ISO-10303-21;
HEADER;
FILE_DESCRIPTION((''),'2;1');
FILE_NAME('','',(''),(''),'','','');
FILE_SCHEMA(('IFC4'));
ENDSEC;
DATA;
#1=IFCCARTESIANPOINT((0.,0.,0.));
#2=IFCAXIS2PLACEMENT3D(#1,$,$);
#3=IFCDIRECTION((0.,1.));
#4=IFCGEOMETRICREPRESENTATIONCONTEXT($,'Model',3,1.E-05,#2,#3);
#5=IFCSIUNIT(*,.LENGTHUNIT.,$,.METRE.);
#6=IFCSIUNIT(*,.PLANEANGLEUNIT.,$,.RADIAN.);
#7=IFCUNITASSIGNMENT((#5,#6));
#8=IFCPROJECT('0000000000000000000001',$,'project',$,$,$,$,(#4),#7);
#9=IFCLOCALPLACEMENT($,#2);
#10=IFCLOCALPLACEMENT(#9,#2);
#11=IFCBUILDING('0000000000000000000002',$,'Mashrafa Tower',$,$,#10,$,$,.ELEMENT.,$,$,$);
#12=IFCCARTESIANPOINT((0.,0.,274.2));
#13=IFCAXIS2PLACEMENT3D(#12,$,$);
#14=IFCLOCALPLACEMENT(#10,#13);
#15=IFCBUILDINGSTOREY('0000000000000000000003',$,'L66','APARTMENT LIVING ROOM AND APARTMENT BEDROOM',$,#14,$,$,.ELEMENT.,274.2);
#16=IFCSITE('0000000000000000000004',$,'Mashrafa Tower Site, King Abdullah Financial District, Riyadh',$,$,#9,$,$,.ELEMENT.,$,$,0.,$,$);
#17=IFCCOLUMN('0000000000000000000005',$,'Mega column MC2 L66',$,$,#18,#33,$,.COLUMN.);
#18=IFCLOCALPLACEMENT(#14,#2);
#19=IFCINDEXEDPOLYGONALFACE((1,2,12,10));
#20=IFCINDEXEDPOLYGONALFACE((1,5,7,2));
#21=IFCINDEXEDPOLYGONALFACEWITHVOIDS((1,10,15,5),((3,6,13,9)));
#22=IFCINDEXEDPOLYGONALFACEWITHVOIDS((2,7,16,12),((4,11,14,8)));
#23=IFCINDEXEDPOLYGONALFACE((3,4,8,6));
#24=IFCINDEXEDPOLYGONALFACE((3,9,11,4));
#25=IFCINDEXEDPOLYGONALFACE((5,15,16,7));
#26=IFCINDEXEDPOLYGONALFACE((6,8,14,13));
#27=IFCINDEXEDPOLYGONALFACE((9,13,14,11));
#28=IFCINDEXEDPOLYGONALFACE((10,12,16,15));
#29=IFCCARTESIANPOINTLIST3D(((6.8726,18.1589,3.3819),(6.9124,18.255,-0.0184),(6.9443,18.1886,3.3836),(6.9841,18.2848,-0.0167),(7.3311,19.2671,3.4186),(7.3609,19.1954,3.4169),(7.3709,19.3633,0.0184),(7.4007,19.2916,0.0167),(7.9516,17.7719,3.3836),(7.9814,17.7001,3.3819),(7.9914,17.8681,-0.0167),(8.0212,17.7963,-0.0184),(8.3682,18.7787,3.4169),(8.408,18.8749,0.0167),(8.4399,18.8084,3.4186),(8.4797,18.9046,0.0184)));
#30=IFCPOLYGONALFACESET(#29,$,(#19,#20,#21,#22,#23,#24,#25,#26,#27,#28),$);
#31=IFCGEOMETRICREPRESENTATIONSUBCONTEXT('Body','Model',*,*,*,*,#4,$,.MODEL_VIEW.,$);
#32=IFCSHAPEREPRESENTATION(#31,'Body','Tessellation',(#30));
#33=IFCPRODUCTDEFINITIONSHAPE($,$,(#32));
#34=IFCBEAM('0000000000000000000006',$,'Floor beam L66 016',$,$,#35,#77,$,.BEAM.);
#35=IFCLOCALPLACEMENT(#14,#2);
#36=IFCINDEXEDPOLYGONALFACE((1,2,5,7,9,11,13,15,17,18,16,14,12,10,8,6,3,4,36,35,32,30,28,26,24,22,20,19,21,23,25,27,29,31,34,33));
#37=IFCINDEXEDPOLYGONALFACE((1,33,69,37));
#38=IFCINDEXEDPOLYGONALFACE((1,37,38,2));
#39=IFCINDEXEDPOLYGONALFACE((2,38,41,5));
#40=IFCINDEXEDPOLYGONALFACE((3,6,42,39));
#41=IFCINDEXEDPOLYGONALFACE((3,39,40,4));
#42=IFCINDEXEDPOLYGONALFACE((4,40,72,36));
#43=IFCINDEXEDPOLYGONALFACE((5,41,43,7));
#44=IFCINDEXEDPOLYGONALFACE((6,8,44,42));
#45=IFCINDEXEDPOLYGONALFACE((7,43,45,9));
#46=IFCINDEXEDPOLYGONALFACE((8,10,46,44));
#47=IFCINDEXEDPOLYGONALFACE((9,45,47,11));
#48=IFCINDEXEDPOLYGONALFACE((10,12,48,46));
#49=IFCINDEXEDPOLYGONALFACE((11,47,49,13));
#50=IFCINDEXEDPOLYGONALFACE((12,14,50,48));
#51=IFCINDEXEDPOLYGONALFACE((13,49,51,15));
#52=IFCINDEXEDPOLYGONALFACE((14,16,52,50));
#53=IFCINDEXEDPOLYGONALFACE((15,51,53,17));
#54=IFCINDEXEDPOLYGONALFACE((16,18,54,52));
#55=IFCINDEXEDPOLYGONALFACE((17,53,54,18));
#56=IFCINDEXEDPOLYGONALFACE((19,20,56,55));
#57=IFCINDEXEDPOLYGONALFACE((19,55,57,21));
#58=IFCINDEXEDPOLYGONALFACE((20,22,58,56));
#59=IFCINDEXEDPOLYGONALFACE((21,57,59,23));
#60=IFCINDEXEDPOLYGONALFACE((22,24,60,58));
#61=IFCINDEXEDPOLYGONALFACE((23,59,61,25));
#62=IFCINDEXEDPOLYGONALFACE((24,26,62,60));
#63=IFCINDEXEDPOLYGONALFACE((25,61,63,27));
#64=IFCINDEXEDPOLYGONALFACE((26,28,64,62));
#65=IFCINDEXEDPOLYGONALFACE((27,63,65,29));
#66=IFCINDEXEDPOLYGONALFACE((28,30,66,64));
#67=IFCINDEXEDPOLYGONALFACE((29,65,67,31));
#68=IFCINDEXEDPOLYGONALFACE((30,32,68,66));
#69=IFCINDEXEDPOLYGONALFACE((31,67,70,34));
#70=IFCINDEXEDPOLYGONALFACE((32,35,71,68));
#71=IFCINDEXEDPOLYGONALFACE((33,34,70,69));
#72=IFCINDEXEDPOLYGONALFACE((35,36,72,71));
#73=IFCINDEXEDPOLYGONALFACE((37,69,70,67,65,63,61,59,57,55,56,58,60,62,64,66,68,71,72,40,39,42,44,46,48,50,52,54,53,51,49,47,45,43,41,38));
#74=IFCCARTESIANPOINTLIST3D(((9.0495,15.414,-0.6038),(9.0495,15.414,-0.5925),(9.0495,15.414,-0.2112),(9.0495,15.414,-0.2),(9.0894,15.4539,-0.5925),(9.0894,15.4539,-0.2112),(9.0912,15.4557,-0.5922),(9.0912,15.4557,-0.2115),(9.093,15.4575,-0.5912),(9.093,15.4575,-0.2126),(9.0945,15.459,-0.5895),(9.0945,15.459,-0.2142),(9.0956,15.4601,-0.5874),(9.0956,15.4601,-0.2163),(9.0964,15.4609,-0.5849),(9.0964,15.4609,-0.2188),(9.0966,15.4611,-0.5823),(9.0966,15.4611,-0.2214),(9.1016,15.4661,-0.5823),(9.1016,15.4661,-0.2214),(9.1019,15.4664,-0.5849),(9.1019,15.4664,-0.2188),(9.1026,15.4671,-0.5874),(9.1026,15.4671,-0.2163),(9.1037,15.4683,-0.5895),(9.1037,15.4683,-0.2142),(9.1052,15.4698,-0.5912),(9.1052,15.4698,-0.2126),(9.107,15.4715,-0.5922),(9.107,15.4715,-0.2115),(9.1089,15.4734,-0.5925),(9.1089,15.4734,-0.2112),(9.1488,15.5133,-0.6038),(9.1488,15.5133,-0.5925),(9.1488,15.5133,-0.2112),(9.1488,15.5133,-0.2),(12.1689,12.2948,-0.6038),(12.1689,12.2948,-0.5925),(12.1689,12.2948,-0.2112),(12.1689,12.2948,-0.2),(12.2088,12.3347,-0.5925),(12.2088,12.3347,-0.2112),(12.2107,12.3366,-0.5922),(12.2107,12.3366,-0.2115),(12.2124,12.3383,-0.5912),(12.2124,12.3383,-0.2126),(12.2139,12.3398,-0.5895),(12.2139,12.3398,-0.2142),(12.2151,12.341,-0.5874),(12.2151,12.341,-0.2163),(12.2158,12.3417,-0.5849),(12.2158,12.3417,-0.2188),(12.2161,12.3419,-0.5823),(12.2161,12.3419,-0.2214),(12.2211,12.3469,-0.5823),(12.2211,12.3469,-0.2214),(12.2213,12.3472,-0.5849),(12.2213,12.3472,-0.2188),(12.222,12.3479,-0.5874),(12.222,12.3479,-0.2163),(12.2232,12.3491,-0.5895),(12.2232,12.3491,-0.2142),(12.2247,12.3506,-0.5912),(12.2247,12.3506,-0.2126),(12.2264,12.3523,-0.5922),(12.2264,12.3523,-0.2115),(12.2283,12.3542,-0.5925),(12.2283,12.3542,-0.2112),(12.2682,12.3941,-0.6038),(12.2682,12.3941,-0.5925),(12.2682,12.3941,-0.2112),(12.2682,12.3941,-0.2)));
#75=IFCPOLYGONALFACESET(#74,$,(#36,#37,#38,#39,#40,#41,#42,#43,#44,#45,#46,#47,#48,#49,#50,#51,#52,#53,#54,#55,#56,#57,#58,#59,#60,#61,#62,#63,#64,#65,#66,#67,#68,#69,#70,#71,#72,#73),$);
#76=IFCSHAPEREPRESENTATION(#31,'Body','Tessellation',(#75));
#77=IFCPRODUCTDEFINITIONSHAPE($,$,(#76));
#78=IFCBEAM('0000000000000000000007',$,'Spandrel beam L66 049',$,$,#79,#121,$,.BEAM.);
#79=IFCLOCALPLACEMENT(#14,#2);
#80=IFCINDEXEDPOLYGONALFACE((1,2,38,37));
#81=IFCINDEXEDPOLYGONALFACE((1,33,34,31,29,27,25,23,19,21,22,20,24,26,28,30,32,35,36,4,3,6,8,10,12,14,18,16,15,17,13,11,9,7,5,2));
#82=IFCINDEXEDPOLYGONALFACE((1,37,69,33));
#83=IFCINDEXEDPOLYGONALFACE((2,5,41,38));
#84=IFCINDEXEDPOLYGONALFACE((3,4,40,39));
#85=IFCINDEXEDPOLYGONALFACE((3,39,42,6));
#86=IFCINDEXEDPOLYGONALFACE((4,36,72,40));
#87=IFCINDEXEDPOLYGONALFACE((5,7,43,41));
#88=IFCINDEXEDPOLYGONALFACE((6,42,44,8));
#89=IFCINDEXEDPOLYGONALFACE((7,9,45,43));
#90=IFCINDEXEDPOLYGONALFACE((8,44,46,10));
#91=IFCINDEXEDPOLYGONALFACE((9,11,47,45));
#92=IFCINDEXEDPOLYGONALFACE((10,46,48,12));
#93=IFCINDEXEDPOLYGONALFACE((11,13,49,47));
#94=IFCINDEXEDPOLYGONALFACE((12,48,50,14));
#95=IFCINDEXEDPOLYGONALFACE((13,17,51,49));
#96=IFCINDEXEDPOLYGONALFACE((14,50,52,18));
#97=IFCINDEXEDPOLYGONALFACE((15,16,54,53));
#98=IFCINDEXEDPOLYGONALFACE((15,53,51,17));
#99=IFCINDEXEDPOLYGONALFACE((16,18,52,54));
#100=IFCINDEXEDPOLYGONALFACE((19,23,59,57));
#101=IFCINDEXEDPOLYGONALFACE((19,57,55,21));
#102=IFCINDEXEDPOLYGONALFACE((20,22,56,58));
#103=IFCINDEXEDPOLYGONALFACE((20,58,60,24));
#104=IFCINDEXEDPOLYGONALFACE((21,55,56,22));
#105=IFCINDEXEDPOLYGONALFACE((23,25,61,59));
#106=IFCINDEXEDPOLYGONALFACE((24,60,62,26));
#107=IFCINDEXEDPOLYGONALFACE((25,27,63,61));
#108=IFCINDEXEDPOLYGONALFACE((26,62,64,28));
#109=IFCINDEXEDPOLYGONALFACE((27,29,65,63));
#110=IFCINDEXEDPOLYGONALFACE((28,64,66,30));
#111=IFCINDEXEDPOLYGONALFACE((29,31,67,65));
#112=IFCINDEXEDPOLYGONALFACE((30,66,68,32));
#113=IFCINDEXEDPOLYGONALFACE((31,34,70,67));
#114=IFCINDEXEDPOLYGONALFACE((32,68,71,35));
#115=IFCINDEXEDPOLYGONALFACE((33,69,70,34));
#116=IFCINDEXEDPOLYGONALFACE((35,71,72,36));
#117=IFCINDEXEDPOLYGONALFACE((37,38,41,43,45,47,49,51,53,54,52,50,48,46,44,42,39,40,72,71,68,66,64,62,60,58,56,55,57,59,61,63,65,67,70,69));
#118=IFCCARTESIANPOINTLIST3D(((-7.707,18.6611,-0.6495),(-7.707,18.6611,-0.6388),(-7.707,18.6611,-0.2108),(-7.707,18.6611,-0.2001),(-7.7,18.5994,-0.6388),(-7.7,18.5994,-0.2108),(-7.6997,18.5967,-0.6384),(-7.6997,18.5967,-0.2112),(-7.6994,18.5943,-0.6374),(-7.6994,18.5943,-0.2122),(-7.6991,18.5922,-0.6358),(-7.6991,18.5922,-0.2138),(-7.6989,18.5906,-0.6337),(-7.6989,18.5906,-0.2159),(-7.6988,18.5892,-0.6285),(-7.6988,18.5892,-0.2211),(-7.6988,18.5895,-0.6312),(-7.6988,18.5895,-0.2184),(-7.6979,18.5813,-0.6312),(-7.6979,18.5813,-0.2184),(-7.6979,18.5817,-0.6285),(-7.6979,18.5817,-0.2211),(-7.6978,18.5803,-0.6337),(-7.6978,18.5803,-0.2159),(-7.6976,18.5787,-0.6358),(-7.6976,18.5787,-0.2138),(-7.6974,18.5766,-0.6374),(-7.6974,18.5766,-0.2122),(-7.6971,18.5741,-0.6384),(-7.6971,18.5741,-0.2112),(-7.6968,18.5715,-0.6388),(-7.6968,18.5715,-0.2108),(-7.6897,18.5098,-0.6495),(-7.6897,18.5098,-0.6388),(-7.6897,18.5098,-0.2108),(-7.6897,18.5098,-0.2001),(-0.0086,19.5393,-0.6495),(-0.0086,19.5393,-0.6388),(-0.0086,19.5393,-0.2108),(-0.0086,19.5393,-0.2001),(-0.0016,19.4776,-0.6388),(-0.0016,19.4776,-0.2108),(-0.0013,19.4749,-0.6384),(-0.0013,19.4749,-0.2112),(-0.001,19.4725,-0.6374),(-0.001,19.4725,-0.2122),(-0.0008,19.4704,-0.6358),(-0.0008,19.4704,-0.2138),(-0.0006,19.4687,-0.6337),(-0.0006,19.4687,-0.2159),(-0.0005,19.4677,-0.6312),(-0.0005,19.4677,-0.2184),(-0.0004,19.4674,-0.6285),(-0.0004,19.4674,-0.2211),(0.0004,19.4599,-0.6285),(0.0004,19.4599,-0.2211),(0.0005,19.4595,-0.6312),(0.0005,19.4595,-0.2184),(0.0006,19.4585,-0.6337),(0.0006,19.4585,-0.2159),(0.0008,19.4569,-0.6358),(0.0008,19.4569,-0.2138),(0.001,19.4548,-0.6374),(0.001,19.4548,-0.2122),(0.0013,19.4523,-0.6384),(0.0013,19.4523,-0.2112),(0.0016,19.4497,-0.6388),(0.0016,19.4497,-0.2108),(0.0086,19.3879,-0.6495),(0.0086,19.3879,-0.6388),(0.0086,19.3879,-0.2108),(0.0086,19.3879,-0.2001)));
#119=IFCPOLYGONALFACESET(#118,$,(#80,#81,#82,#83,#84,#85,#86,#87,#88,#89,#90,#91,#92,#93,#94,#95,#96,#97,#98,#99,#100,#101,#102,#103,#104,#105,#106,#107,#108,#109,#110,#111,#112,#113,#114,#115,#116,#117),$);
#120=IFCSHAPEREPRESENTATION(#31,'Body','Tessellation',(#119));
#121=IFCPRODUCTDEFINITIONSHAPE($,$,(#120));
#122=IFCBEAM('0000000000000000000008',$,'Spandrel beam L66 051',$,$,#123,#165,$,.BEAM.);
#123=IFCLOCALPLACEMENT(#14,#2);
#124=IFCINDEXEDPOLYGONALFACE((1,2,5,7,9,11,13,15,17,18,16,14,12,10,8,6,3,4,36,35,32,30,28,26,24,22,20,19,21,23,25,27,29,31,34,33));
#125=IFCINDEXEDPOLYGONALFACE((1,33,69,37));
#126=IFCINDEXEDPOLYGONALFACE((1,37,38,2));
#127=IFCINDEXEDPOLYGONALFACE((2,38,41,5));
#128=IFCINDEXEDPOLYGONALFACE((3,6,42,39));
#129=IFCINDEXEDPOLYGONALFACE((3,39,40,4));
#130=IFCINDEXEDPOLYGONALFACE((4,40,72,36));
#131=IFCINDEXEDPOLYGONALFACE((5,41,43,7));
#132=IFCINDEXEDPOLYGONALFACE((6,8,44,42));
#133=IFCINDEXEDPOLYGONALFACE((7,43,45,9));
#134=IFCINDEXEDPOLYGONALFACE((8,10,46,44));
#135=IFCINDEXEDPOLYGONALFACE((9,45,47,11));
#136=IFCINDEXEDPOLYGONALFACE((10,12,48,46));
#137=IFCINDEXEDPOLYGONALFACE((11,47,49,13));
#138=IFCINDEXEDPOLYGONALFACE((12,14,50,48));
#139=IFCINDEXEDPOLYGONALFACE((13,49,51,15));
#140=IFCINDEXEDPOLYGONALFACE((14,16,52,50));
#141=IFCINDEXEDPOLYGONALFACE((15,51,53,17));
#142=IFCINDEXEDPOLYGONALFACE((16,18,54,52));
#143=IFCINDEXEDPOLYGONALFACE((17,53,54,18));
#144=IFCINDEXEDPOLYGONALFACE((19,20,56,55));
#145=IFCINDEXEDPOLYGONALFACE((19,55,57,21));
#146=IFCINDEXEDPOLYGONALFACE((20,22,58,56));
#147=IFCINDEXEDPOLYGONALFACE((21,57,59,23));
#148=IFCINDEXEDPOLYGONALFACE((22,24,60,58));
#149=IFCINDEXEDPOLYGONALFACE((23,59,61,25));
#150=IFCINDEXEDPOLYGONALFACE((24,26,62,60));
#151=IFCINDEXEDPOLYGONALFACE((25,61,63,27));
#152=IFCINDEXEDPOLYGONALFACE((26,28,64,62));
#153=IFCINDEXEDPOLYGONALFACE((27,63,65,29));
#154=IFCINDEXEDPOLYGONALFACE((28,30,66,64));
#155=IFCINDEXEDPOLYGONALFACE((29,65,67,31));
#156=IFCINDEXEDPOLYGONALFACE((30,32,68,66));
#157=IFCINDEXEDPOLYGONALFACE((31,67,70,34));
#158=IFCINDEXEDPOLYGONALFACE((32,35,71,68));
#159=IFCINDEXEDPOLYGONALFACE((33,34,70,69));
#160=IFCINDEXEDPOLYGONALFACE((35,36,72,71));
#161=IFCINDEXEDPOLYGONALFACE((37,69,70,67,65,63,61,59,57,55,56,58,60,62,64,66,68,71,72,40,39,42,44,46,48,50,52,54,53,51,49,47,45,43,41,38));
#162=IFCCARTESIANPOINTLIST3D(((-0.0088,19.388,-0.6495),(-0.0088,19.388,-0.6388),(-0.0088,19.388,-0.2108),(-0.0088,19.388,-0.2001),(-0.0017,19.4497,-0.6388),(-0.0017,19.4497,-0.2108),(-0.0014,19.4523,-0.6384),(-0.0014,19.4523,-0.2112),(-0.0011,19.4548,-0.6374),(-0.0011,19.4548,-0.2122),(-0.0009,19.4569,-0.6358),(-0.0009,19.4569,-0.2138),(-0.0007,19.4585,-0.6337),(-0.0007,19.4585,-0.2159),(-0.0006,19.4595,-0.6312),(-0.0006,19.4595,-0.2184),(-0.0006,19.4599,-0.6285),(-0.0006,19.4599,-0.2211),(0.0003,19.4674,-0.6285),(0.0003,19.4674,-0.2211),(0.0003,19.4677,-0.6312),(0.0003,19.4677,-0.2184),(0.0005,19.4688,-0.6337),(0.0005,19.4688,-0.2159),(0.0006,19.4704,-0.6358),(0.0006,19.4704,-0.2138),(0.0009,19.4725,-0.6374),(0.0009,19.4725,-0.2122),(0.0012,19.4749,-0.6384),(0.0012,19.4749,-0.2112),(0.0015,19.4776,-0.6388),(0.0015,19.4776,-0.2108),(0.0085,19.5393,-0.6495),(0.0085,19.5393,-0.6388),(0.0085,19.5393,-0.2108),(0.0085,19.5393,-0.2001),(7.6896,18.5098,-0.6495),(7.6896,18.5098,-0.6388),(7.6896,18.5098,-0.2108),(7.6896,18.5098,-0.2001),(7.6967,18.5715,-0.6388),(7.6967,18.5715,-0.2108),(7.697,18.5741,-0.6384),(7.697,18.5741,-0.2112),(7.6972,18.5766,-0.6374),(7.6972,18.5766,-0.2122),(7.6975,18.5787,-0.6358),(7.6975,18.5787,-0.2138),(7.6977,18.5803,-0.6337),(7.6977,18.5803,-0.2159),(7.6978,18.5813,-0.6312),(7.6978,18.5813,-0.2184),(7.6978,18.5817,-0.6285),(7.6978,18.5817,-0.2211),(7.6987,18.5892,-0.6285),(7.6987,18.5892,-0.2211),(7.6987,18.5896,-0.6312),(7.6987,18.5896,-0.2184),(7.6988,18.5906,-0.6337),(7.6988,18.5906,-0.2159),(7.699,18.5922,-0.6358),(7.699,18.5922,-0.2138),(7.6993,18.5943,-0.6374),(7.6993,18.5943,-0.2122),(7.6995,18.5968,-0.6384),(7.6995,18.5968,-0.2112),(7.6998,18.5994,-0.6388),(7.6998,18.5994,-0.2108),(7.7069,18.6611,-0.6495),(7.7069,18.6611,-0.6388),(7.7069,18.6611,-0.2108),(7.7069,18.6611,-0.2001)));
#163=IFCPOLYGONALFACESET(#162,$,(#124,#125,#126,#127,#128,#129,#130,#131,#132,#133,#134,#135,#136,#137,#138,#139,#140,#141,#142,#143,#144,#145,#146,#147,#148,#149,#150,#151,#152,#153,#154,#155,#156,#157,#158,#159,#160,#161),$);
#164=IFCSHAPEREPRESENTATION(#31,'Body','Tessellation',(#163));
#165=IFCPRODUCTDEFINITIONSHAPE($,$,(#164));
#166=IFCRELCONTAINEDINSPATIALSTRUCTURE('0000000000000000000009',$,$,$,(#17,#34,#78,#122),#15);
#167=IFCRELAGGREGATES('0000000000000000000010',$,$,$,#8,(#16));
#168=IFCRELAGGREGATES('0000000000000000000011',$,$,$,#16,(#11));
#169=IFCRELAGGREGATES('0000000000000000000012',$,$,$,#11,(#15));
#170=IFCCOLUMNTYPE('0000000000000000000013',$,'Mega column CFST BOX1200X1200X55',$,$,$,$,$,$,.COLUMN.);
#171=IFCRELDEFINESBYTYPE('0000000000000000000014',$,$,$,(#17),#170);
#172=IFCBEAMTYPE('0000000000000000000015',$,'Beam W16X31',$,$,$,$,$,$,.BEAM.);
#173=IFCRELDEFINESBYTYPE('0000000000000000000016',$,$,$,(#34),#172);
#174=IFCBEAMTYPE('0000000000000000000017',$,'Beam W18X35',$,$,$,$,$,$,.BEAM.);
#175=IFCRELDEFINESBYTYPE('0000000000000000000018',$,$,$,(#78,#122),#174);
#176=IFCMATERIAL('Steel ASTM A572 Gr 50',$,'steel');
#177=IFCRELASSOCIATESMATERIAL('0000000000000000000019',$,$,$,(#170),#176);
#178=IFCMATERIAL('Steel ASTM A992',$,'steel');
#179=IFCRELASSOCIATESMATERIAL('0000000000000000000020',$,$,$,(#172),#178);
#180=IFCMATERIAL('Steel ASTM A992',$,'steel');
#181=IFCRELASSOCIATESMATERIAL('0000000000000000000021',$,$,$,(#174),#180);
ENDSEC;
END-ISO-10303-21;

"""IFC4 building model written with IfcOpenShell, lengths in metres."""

from ifc_helpers import new_model, si_unit, direction, frame, origin, origin_2d, place, context, subcontext, project, spatial, hollow_rectangle, i_section, extrude, material, material_profile, profile_set, type_object, element, save


model = new_model("IFC4")

# Units and contexts
model_context = context("Model", 3, precision=1e-05, world=origin(), true_north=direction((0.0, 1.0)))
body_context = subcontext(model_context, "Body", "Model", "MODEL_VIEW")
ifc_project = project(units=[si_unit("LENGTHUNIT", "METRE"), si_unit("PLANEANGLEUNIT", "RADIAN")], contexts=[model_context])

# Site, building, storey
site_placement = place(None, origin())
site = spatial("IfcSite", under=ifc_project, at=site_placement, Name="Mashrafa Tower Site, King Abdullah Financial District, Riyadh", CompositionType="ELEMENT", RefElevation=0.0)
building_placement = place(site_placement, origin())
building = spatial("IfcBuilding", under=site, at=building_placement, Name="Mashrafa Tower", CompositionType="ELEMENT")
storey_placement = place(building_placement, frame((0.0, 0.0, 274.2)))
storey = spatial("IfcBuildingStorey", under=building, at=storey_placement, Name="L66", Description="APARTMENT LIVING ROOM AND APARTMENT BEDROOM", CompositionType="ELEMENT", Elevation=274.2)

# Column
ifc_material_1 = material(Name="Steel ASTM A572 Gr 50", Category="steel")
ifc_material_profile_1 = material_profile(ifc_material_1, hollow_rectangle(XDim=1.2, YDim=1.2, WallThickness=0.0549, at=origin_2d()), Name="BOX1200X1200X55")
ifc_profile_set_1 = profile_set([ifc_material_profile_1], Name="Steel ASTM A572 Gr 50")
column_type = type_object("IfcColumnType", Name="Mega column CFST BOX1200X1200X55", PredefinedType="COLUMN", material=ifc_profile_set_1)
column_placement = place(storey_placement, frame((7.696, 18.5798, 0.0), z_axis=(-0.011698, -0.028277, 0.999532), x_axis=(0.924045, -0.382283, 0.0)))
element("IfcColumn", 1, at=column_placement, inside=storey, type_object=column_type, Name="Mega column MC2 L66", PredefinedType="COLUMN", context=body_context, shape_type="SweptSolid", body=[
    extrude(hollow_rectangle(XDim=1.2, YDim=1.2, WallThickness=0.0549, at=origin_2d()), origin(), (0.0, 0.0, 1.0), 3.4019),
])

# Beams
ifc_material_2 = material(Name="Steel ASTM A992", Category="steel")
ifc_material_profile_2 = material_profile(ifc_material_2, i_section(OverallWidth=0.1404, OverallDepth=0.4038, WebThickness=0.0071, FlangeThickness=0.0112, FilletRadius=0.0103, at=origin_2d()), Name="W16X31")
ifc_profile_set_2 = profile_set([ifc_material_profile_2], Name="Steel ASTM A992")
beam_type_1 = type_object("IfcBeamType", Name="Beam W16X31", PredefinedType="BEAM", material=ifc_profile_set_2)
beam_1_placement = place(storey_placement, frame((9.0991, 15.4636, -0.4019), z_axis=(0.707134, -0.707079, 0.0), x_axis=(0.707079, 0.707134, 0.0)))
element("IfcBeam", 2, at=beam_1_placement, inside=storey, type_object=beam_type_1, Name="Floor beam L66 016", PredefinedType="BEAM", context=body_context, shape_type="SweptSolid", body=[
    extrude(i_section(OverallWidth=0.1404, OverallDepth=0.4038, WebThickness=0.0071, FlangeThickness=0.0112, FilletRadius=0.0103, at=origin_2d()), origin(), (0.0, 0.0, 1.0), 4.4114),
])
ifc_material_3 = material(Name="Steel ASTM A992", Category="steel")
ifc_material_profile_3 = material_profile(ifc_material_3, i_section(OverallWidth=0.1523, OverallDepth=0.4495, WebThickness=0.0076, FlangeThickness=0.0107, FilletRadius=0.0103, at=origin_2d()), Name="W18X35")
ifc_profile_set_3 = profile_set([ifc_material_profile_3], Name="Steel ASTM A992")
beam_type_2 = type_object("IfcBeamType", Name="Beam W18X35", PredefinedType="BEAM", material=ifc_profile_set_3)
for number, where, z_axis, x_axis, name in (
    (3, (0.0, 19.4636, -0.4248), (-0.993556, -0.11334, 0.0), (0.11334, -0.993556, 0.0), "Spandrel beam L66 049"),
    (4, (7.6982, 18.5854, -0.4248), (-0.993556, 0.11334, 0.0), (-0.11334, -0.993556, 0.0), "Spandrel beam L66 051"),
):
    element("IfcBeam", number, at=place(storey_placement, frame(where, z_axis=z_axis, x_axis=x_axis)), inside=storey, type_object=beam_type_2, Name=name, PredefinedType="BEAM", context=body_context, shape_type="SweptSolid", body=[
        extrude(i_section(OverallWidth=0.1523, OverallDepth=0.4495, WebThickness=0.0076, FlangeThickness=0.0107, FilletRadius=0.0103, at=origin_2d()), origin(), (0.0, 0.0, 1.0), 7.7483),
    ])

save(model, "model.ifc")
